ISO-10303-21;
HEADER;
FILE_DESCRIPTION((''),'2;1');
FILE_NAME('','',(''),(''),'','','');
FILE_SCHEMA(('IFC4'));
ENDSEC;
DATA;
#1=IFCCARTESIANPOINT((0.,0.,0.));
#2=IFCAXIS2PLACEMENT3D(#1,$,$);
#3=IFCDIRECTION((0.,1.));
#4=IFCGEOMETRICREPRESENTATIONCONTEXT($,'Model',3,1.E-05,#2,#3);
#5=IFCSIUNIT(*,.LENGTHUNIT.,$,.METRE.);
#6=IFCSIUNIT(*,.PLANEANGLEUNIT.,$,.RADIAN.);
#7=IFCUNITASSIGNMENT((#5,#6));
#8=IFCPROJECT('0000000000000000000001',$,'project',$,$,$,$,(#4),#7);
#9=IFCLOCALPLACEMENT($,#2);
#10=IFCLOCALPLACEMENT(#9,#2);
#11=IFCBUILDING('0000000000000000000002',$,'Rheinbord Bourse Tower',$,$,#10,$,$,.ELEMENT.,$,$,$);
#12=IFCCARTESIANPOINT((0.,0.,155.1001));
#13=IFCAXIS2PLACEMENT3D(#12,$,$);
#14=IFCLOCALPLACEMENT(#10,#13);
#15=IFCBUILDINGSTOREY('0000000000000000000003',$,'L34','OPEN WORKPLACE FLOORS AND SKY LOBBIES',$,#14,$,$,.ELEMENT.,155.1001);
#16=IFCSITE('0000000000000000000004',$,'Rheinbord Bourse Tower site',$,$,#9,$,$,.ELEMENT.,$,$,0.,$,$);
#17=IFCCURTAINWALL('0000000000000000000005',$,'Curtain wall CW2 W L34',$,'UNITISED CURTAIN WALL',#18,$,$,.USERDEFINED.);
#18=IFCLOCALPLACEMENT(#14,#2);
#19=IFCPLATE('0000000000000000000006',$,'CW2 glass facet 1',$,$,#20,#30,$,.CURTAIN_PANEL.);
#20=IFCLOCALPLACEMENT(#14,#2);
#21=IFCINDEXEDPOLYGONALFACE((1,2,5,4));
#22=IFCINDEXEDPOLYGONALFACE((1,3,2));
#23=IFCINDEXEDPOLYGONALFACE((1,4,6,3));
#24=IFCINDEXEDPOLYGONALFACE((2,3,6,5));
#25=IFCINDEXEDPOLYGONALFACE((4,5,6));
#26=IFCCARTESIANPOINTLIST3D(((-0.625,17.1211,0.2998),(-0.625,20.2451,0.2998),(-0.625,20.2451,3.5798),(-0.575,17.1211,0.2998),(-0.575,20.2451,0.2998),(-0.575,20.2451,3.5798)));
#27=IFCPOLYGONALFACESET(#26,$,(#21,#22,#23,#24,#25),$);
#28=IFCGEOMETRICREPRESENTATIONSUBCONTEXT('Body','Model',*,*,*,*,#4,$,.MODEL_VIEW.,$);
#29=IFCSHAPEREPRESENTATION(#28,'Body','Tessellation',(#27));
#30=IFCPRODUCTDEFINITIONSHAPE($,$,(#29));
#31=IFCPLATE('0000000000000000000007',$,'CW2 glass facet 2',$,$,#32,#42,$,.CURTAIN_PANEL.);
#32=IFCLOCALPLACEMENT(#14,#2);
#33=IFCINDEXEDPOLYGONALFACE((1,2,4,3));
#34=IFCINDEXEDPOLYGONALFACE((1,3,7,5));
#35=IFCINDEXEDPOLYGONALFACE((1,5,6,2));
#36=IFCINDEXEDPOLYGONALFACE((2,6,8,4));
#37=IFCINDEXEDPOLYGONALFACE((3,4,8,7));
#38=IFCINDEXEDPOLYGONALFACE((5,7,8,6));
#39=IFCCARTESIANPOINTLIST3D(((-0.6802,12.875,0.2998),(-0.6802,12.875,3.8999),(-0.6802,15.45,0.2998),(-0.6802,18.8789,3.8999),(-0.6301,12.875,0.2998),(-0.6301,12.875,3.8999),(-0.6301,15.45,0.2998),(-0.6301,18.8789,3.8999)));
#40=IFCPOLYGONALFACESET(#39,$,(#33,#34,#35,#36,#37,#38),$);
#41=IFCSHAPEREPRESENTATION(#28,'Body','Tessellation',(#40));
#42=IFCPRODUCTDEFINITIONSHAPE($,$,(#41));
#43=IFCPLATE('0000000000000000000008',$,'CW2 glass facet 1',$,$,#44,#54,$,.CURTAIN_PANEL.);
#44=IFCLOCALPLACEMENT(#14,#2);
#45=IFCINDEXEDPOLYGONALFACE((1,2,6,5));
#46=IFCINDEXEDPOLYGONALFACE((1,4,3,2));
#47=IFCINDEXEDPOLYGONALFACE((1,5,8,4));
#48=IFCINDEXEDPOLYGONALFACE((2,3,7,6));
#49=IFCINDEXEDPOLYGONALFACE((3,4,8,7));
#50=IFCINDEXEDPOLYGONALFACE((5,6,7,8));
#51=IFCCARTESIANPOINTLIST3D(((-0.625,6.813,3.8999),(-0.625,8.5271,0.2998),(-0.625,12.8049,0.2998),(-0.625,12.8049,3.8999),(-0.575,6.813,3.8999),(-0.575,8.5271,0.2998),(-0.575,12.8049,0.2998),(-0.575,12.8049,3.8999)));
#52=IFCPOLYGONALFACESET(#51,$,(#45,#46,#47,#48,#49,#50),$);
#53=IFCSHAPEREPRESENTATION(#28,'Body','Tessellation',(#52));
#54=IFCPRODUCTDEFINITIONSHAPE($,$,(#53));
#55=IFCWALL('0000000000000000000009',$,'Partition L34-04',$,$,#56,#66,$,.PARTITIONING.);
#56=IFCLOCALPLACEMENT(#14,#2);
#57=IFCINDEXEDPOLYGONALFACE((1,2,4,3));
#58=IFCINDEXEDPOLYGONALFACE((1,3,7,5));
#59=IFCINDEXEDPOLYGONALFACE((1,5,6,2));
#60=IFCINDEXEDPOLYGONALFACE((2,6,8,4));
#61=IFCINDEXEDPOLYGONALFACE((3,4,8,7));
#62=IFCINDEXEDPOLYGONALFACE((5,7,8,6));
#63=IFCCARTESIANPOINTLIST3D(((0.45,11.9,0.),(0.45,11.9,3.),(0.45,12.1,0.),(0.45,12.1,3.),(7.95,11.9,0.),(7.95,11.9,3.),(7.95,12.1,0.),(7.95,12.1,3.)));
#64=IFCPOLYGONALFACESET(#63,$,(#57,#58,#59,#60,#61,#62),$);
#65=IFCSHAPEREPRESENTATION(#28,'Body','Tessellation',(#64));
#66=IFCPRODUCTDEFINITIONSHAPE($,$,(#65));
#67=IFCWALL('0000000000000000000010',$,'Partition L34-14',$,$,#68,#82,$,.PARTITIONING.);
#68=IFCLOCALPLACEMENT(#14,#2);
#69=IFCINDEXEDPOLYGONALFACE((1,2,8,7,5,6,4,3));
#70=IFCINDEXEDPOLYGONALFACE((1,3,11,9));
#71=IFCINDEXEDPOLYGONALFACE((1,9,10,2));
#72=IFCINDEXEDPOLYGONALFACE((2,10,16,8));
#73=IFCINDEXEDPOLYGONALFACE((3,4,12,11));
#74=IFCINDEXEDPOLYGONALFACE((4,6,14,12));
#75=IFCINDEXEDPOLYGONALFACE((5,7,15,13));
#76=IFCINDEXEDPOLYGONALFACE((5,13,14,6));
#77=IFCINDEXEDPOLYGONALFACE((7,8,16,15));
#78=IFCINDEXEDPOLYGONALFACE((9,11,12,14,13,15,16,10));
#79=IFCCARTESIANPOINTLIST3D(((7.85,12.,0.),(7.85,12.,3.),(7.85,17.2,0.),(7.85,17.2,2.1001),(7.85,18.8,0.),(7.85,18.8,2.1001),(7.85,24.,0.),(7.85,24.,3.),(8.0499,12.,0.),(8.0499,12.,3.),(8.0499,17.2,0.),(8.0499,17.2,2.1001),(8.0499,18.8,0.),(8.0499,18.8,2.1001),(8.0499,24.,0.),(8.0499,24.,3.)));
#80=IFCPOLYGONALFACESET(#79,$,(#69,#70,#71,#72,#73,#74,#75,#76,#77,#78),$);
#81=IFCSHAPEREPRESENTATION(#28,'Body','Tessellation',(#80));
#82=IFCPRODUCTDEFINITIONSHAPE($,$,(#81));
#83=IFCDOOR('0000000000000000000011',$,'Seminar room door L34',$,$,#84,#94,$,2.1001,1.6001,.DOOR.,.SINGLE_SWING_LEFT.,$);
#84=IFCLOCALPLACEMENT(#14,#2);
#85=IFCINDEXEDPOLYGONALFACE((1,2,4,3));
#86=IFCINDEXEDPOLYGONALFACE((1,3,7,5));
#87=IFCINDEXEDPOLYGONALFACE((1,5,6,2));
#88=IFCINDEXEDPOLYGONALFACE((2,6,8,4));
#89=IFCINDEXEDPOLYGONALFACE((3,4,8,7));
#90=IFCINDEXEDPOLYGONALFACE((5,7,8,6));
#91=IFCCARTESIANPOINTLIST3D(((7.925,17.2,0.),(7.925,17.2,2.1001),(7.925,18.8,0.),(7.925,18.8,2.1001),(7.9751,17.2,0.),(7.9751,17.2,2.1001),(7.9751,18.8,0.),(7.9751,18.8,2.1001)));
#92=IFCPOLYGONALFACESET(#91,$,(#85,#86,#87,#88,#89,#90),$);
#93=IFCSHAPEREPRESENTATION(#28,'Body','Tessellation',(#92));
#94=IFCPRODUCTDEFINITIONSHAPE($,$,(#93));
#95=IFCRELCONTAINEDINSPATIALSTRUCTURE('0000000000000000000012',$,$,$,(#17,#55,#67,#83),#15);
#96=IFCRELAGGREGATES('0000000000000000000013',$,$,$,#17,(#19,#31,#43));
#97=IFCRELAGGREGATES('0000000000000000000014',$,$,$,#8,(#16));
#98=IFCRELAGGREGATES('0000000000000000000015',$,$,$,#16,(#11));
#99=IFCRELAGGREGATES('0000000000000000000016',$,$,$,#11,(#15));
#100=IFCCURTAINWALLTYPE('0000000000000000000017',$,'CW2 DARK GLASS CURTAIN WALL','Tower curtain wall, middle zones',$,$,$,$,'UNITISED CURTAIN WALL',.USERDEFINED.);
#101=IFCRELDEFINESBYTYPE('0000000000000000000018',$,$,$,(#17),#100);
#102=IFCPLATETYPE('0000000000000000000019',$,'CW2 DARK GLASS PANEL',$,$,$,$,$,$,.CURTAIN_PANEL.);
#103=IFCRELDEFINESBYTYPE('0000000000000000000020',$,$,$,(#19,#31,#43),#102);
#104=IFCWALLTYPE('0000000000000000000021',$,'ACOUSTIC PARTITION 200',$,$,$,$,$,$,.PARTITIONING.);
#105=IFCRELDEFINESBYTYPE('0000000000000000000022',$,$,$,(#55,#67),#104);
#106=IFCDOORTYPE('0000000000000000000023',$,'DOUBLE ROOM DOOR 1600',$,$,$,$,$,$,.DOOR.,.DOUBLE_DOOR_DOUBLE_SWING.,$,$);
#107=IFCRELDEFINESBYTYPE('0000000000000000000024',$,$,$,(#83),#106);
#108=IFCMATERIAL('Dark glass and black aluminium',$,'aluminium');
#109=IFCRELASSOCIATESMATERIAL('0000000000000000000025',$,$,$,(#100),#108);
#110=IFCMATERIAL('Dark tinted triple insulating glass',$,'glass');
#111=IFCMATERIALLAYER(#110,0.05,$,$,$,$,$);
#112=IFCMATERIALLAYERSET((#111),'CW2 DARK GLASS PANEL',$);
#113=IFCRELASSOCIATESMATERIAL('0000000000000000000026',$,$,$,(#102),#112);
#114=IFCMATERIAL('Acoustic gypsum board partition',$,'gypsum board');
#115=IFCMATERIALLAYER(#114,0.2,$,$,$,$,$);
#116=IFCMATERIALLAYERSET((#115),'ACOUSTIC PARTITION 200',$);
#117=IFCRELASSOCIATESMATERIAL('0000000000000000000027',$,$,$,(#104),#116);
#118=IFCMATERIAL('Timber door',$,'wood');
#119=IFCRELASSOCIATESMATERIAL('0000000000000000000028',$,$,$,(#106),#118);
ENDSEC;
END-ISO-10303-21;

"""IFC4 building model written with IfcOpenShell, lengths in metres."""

from ifc_helpers import new_model, si_unit, direction, frame, frame_2d, origin, place, context, subcontext, project, spatial, polyline, rectangle, outline, extrude, material, layer, layer_set, type_object, element, fill, aggregate, save


model = new_model("IFC4")

# Units and contexts
model_context = context("Model", 3, precision=1e-05, world=origin(), true_north=direction((0.0, 1.0)))
body_context = subcontext(model_context, "Body", "Model", "MODEL_VIEW")
ifc_project = project(units=[si_unit("LENGTHUNIT", "METRE"), si_unit("PLANEANGLEUNIT", "RADIAN")], contexts=[model_context])

# Site, building, storey
site_placement = place(None, origin())
site = spatial("IfcSite", under=ifc_project, at=site_placement, Name="Rheinbord Bourse Tower site", CompositionType="ELEMENT", RefElevation=0.0)
building_placement = place(site_placement, origin())
building = spatial("IfcBuilding", under=site, at=building_placement, Name="Rheinbord Bourse Tower", CompositionType="ELEMENT")
storey_placement = place(building_placement, frame((0.0, 0.0, 155.1001)))
storey = spatial("IfcBuildingStorey", under=building, at=storey_placement, Name="L34", Description="OPEN WORKPLACE FLOORS AND SKY LOBBIES", CompositionType="ELEMENT", Elevation=155.1001)

# Curtain wall
ifc_material_1 = material(Name="Dark glass and black aluminium", Category="aluminium")
curtain_wall_type = type_object("IfcCurtainWallType", Name="CW2 DARK GLASS CURTAIN WALL", Description="Tower curtain wall, middle zones", ElementType="UNITISED CURTAIN WALL", PredefinedType="USERDEFINED", material=ifc_material_1)
curtain_wall_placement = place(storey_placement, origin())
curtain_wall = element("IfcCurtainWall", 1, at=curtain_wall_placement, inside=storey, type_object=curtain_wall_type, Name="Curtain wall CW2 W L34", ObjectType="UNITISED CURTAIN WALL", PredefinedType="USERDEFINED")

# Plates
ifc_material_2 = material(Name="Dark tinted triple insulating glass", Category="glass")
ifc_layer_1 = layer(ifc_material_2, 0.05)
ifc_layer_set_1 = layer_set([ifc_layer_1], Name="CW2 DARK GLASS PANEL")
plate_type = type_object("IfcPlateType", Name="CW2 DARK GLASS PANEL", PredefinedType="CURTAIN_PANEL", material=ifc_layer_set_1)
plate_1_placement = place(storey_placement, frame((-0.625, 20.2451, 0.2998), z_axis=(1.0, 0.0, 0.0), x_axis=(0.0, 0.0, 1.0)))
plate_1 = element("IfcPlate", 2, at=plate_1_placement, type_object=plate_type, Name="CW2 glass facet 1", PredefinedType="CURTAIN_PANEL", context=body_context, shape_type="SweptSolid", body=[
    extrude(outline(polyline([(0.0, 0.0), (3.28, 0.0), (0.0, 3.124), (0.0, 0.0)])), origin(), (0.0, 0.0, 1.0), 0.05),
])
plate_2_placement = place(storey_placement, frame((-0.6802, 12.875, 3.8999), z_axis=(1.0, 0.0, 0.0), x_axis=(0.0, 0.0, -1.0)))
plate_2 = element("IfcPlate", 3, at=plate_2_placement, type_object=plate_type, Name="CW2 glass facet 2", PredefinedType="CURTAIN_PANEL", context=body_context, shape_type="SweptSolid", body=[
    extrude(outline(polyline([(0.0, 0.0), (3.6001, 0.0), (3.6001, 2.575), (0.0, 6.0039), (0.0, 0.0)])), origin(), (0.0, 0.0, 1.0), 0.05),
])
plate_3_placement = place(storey_placement, frame((-0.625, 12.8049, 0.2998), z_axis=(1.0, 0.0, 0.0), x_axis=(0.0, 0.0, 1.0)))
plate_3 = element("IfcPlate", 4, at=plate_3_placement, type_object=plate_type, Name="CW2 glass facet 1", PredefinedType="CURTAIN_PANEL", context=body_context, shape_type="SweptSolid", body=[
    extrude(outline(polyline([(0.0, 0.0), (3.6001, 0.0), (3.6001, 5.9919), (0.0, 4.2778), (0.0, 0.0)])), origin(), (0.0, 0.0, 1.0), 0.05),
])
aggregate(curtain_wall, [plate_1, plate_2, plate_3])

# Wall
ifc_material_3 = material(Name="Acoustic gypsum board partition", Category="gypsum board")
ifc_layer_2 = layer(ifc_material_3, 0.2)
ifc_layer_set_2 = layer_set([ifc_layer_2], Name="ACOUSTIC PARTITION 200")
wall_type = type_object("IfcWallType", Name="ACOUSTIC PARTITION 200", PredefinedType="PARTITIONING", material=ifc_layer_set_2)
wall_1_placement = place(storey_placement, frame((0.45, 12.0, 0.0), z_axis=(0.0, 0.0, 1.0), x_axis=(1.0, 0.0, 0.0)))
element("IfcWall", 5, at=wall_1_placement, inside=storey, type_object=wall_type, Name="Partition L34-04", PredefinedType="PARTITIONING", context=body_context, shape_type="SweptSolid", body=[
    extrude(rectangle(XDim=7.5, YDim=0.2, at=frame_2d((3.75, 0.0))), origin(), (0.0, 0.0, 1.0), 3.0),
])

# Wall, opening, door
wall_2_placement = place(storey_placement, frame((7.95, 12.0, 0.0), z_axis=(0.0, 0.0, 1.0), x_axis=(0.0, 1.0, 0.0)))
wall_2 = element("IfcWall", 6, at=wall_2_placement, inside=storey, type_object=wall_type, Name="Partition L34-14", PredefinedType="PARTITIONING", context=body_context, shape_type="SweptSolid", body=[
    extrude(rectangle(XDim=12.0, YDim=0.2, at=frame_2d((6.0, 0.0))), origin(), (0.0, 0.0, 1.0), 3.0),
])
opening_placement = place(wall_2_placement, frame((5.2, 0.0, 0.0)))
opening = element("IfcOpeningElement", 7, at=opening_placement, cuts=wall_2, PredefinedType="OPENING", context=body_context, shape_type="SweptSolid", body=[
    extrude(rectangle(XDim=1.6001, YDim=2.1001, at=frame_2d((0.8, 1.05))), frame((0.0, 0.1099, 0.0), z_axis=(0.0, -1.0, 0.0), x_axis=(1.0, 0.0, 0.0)), (0.0, 0.0, 1.0), 0.22),
])
ifc_material_4 = material(Name="Timber door", Category="wood")
door_type = type_object("IfcDoorType", Name="DOUBLE ROOM DOOR 1600", OperationType="DOUBLE_DOOR_DOUBLE_SWING", PredefinedType="DOOR", material=ifc_material_4)
door_placement = place(opening_placement, origin())
door = element("IfcDoor", 8, at=door_placement, inside=storey, type_object=door_type, Name="Seminar room door L34", OperationType="SINGLE_SWING_LEFT", OverallHeight=2.1001, OverallWidth=1.6001, PredefinedType="DOOR", context=body_context, shape_type="SweptSolid", body=[
    extrude(rectangle(XDim=1.6001, YDim=2.1001, at=frame_2d((0.8, 1.05))), frame((0.0, 0.0249, 0.0), z_axis=(0.0, -1.0, 0.0), x_axis=(1.0, 0.0, 0.0)), (0.0, 0.0, 1.0), 0.05),
])
fill(opening, door)

save(model, "model.ifc")
